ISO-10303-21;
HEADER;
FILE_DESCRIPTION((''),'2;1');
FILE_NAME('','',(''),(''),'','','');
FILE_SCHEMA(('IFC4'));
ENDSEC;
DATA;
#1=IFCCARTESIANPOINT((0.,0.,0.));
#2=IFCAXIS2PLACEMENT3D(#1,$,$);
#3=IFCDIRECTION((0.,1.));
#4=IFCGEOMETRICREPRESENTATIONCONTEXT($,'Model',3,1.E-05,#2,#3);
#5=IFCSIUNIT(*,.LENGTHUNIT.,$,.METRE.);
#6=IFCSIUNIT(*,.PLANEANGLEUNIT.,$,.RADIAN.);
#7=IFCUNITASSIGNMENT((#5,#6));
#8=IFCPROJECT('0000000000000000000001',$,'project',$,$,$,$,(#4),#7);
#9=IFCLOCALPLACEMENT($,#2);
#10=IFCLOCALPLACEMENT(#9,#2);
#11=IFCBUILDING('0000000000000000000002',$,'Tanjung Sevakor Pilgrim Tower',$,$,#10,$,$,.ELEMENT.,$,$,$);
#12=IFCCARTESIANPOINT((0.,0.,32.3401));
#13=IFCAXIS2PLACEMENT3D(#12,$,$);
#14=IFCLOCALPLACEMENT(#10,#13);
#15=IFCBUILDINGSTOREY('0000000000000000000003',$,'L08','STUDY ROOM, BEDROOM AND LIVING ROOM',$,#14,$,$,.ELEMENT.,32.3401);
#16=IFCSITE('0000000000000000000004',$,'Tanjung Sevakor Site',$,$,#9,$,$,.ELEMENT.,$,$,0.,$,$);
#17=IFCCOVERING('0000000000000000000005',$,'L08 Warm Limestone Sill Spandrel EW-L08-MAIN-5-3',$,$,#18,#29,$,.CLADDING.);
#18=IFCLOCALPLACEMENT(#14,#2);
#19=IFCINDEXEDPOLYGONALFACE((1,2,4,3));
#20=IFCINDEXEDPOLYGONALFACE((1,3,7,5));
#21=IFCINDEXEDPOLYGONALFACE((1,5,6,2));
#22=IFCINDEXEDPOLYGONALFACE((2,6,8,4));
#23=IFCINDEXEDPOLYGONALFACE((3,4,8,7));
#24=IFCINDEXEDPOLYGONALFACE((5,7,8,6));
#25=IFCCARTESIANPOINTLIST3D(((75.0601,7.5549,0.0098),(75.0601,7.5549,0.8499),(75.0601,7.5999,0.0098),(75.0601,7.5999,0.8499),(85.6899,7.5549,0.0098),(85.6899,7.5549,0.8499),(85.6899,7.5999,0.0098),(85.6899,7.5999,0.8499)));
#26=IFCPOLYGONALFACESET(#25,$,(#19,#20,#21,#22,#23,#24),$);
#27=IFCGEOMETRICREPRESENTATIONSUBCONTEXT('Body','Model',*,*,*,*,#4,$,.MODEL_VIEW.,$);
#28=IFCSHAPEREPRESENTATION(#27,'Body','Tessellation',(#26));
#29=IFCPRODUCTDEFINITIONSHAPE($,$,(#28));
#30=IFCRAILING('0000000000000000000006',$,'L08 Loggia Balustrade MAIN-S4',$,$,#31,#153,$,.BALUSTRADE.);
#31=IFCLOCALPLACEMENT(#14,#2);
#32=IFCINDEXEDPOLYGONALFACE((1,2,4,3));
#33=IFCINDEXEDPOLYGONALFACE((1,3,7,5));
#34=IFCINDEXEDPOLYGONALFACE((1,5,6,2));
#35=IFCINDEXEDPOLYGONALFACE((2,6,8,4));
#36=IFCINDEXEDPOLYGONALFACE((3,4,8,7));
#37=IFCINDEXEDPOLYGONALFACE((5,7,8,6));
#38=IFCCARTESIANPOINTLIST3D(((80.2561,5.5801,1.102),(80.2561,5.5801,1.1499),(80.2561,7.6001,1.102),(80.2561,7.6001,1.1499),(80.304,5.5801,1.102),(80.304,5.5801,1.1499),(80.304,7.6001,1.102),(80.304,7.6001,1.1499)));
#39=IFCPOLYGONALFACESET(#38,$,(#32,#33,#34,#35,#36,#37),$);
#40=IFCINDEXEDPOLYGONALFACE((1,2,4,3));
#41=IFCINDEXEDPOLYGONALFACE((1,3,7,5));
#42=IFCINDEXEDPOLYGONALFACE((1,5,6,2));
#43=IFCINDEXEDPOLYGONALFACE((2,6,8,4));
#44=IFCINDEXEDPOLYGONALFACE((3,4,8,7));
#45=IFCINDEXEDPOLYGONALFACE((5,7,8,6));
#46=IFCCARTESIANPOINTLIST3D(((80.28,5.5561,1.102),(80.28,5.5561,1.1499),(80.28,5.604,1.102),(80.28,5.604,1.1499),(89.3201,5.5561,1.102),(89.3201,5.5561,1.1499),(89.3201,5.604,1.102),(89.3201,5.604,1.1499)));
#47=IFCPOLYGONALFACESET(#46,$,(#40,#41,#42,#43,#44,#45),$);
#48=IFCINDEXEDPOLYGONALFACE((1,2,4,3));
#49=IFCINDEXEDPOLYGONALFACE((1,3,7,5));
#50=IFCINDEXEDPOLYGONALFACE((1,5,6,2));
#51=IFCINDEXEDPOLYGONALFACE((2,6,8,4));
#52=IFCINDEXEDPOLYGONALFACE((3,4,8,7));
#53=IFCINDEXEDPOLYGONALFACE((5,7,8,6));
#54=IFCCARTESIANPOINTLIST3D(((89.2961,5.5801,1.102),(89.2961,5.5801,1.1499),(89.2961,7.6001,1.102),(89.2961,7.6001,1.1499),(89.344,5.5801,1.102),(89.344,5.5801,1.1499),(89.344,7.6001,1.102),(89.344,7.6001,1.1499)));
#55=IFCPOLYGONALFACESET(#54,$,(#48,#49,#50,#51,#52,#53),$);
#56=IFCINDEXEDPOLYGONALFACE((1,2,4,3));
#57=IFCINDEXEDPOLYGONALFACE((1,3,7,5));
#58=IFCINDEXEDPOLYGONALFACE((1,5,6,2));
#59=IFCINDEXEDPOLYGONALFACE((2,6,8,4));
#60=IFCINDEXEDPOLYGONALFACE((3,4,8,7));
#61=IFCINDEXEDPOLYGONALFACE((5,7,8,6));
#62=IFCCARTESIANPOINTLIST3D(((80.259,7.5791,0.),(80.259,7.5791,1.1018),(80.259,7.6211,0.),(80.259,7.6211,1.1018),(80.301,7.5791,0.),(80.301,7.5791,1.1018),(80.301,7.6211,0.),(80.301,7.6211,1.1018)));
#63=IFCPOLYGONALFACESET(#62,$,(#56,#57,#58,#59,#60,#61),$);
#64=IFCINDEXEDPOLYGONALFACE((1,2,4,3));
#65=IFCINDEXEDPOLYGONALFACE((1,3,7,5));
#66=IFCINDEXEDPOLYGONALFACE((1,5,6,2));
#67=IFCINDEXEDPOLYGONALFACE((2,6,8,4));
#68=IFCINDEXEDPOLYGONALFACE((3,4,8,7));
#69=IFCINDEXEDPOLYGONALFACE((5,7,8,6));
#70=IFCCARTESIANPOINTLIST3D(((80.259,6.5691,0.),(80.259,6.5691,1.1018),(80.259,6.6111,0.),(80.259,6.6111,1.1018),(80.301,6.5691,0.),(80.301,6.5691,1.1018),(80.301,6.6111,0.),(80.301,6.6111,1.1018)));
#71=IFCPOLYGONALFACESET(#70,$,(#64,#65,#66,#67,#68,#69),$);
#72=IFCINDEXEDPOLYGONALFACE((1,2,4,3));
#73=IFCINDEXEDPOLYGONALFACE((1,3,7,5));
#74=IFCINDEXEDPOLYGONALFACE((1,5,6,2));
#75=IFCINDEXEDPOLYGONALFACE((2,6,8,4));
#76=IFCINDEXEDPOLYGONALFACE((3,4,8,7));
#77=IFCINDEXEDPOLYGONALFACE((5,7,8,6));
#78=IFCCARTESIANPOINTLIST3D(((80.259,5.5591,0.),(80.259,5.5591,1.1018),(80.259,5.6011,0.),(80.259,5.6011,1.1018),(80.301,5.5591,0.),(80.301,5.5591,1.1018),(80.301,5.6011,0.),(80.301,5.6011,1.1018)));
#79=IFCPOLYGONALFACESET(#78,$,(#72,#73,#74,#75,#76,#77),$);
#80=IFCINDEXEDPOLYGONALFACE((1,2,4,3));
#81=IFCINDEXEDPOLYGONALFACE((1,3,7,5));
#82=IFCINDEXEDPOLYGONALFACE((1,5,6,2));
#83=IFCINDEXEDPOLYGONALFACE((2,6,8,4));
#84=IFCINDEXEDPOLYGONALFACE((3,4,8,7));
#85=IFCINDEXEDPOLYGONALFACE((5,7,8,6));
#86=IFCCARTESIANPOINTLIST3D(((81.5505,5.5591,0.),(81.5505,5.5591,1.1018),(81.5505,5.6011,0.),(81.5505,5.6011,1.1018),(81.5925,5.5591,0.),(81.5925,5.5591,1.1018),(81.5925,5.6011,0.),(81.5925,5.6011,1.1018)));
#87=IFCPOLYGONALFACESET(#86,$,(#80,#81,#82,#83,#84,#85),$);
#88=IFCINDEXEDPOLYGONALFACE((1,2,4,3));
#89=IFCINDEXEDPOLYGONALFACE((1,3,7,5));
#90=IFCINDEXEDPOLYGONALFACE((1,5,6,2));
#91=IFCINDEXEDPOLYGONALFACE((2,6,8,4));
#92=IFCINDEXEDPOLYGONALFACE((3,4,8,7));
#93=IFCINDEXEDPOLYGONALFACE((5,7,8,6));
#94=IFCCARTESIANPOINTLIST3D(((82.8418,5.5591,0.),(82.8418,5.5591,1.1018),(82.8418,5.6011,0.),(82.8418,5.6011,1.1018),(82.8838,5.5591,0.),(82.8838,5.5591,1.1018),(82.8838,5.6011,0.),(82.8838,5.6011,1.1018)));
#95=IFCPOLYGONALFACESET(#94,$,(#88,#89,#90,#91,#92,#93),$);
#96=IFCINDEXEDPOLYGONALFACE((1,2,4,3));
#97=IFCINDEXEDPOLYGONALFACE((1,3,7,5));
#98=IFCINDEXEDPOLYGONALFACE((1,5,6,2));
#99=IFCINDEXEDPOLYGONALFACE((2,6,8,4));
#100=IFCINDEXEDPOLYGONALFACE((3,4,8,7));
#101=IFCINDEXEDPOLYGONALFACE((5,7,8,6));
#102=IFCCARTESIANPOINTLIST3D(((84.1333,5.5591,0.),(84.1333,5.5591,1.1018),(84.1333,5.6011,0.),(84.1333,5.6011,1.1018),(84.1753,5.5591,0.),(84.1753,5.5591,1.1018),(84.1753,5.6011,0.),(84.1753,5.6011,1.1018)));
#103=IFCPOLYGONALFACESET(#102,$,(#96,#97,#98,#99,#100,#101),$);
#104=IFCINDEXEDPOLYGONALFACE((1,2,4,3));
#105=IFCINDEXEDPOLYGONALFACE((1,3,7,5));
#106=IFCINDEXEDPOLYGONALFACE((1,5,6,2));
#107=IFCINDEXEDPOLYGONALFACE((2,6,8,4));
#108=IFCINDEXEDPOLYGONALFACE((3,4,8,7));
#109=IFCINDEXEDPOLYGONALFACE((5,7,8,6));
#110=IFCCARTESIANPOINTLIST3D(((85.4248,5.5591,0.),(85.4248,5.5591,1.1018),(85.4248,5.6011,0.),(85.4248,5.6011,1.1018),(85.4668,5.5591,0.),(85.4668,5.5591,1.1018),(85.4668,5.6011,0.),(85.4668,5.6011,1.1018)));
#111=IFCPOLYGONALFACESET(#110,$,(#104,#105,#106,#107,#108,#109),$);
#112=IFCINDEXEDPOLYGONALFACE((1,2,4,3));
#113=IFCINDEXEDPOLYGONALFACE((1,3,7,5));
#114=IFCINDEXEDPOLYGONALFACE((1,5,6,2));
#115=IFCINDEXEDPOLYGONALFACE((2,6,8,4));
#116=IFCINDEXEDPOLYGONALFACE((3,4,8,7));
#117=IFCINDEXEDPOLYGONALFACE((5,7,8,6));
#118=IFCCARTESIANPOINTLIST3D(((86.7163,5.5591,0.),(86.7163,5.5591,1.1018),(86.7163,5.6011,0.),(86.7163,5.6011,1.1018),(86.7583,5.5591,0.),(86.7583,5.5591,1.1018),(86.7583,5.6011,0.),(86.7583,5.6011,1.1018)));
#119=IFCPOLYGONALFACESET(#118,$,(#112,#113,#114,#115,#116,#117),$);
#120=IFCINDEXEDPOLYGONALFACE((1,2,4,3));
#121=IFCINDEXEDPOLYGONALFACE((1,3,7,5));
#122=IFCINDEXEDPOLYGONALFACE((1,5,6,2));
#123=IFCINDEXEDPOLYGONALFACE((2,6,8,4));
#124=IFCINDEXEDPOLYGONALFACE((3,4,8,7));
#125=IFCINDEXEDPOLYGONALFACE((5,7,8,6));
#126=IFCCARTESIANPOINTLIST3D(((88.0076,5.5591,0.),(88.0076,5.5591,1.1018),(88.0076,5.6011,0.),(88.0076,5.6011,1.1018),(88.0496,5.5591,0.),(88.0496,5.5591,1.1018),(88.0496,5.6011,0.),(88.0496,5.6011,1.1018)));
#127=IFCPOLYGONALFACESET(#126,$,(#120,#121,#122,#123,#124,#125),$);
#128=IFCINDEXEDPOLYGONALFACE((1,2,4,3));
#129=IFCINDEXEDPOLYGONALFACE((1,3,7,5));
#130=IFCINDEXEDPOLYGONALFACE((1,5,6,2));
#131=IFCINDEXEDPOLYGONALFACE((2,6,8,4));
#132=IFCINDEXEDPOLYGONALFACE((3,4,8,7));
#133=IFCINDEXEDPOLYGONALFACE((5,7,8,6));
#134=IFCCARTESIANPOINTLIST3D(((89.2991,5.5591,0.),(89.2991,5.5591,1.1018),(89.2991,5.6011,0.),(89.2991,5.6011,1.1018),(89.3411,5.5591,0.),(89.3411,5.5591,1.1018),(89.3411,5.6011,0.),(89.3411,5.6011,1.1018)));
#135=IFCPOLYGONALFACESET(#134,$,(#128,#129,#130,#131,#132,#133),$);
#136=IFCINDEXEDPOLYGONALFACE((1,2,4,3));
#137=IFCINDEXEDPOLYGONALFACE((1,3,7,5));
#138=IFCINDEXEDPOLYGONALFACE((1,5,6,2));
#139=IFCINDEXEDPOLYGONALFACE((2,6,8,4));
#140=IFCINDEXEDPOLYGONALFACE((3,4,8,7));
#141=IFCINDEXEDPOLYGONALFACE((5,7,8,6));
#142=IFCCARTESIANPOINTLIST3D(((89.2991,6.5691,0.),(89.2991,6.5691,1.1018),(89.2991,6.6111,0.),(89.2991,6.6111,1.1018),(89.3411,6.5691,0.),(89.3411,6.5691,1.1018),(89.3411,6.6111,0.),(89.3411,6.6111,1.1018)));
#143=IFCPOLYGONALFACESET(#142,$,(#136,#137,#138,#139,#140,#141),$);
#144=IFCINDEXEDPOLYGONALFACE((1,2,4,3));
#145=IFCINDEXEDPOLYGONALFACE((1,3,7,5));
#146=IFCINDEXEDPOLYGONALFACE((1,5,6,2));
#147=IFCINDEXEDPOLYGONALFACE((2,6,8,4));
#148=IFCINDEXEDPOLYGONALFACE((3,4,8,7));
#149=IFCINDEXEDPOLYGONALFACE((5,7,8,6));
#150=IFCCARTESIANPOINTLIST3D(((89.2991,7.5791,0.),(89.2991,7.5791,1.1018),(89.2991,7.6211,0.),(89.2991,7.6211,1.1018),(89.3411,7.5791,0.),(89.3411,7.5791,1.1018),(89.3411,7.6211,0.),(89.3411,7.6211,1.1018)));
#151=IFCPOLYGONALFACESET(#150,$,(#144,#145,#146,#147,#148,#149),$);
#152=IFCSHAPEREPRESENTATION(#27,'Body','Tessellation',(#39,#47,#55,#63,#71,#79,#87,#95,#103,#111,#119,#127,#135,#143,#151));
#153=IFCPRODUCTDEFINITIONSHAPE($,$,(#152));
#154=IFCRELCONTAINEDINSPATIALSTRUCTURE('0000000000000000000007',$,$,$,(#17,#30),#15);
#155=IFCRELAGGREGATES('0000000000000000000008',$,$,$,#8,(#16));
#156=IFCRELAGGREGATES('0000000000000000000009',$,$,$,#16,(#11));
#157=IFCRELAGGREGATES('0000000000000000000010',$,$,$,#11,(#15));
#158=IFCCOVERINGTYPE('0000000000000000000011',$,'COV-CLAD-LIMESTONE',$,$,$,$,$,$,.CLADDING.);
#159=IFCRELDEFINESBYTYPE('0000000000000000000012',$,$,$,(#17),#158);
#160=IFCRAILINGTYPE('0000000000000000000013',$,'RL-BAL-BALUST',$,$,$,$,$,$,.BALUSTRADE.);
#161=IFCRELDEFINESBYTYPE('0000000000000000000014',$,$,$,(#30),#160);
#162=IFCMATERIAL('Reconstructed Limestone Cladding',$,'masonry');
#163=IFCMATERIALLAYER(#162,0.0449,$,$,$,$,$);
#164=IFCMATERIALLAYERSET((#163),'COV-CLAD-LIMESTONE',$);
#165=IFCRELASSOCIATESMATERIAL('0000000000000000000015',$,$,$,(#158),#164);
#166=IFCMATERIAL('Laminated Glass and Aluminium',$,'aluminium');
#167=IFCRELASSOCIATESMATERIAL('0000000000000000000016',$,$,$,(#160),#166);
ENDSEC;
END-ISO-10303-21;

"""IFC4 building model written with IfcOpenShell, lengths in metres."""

from ifc_helpers import new_model, si_unit, direction, frame, origin, origin_2d, place, context, subcontext, project, spatial, rectangle, extrude, material, layer, layer_set, type_object, element, save


model = new_model("IFC4")

# Units and contexts
model_context = context("Model", 3, precision=1e-05, world=origin(), true_north=direction((0.0, 1.0)))
body_context = subcontext(model_context, "Body", "Model", "MODEL_VIEW")
ifc_project = project(units=[si_unit("LENGTHUNIT", "METRE"), si_unit("PLANEANGLEUNIT", "RADIAN")], contexts=[model_context])

# Site, building, storey
site_placement = place(None, origin())
site = spatial("IfcSite", under=ifc_project, at=site_placement, Name="Tanjung Sevakor Site", CompositionType="ELEMENT", RefElevation=0.0)
building_placement = place(site_placement, origin())
building = spatial("IfcBuilding", under=site, at=building_placement, Name="Tanjung Sevakor Pilgrim Tower", CompositionType="ELEMENT")
storey_placement = place(building_placement, frame((0.0, 0.0, 32.3401)))
storey = spatial("IfcBuildingStorey", under=building, at=storey_placement, Name="L08", Description="STUDY ROOM, BEDROOM AND LIVING ROOM", CompositionType="ELEMENT", Elevation=32.3401)

# Covering
ifc_material_1 = material(Name="Reconstructed Limestone Cladding", Category="masonry")
ifc_layer_1 = layer(ifc_material_1, 0.0449)
ifc_layer_set_1 = layer_set([ifc_layer_1], Name="COV-CLAD-LIMESTONE")
covering_type = type_object("IfcCoveringType", Name="COV-CLAD-LIMESTONE", PredefinedType="CLADDING", material=ifc_layer_set_1)
covering_placement = place(storey_placement, frame((80.375, 7.5774, 0.0098), z_axis=(0.0, 0.0, 1.0), x_axis=(1.0, 0.0, 0.0)))
element("IfcCovering", 1, at=covering_placement, inside=storey, type_object=covering_type, Name="L08 Warm Limestone Sill Spandrel EW-L08-MAIN-5-3", PredefinedType="CLADDING", context=body_context, shape_type="SweptSolid", body=[
    extrude(rectangle(XDim=10.6299, YDim=0.0449, at=origin_2d()), origin(), (0.0, 0.0, 1.0), 0.8401),
])

# Railing
ifc_material_2 = material(Name="Laminated Glass and Aluminium", Category="aluminium")
railing_type = type_object("IfcRailingType", Name="RL-BAL-BALUST", PredefinedType="BALUSTRADE", material=ifc_material_2)
railing_placement = place(storey_placement, frame((80.28, 7.6001, 0.0)))
element("IfcRailing", 2, at=railing_placement, inside=storey, type_object=railing_type, Name="L08 Loggia Balustrade MAIN-S4", PredefinedType="BALUSTRADE", context=body_context, shape_type="SweptSolid", body=[
    extrude(rectangle(XDim=0.0479, YDim=0.0479), frame((0.0, 0.0, 1.126), z_axis=(0.0, -1.0, 0.0), x_axis=(1.0, 0.0, 0.0)), (0.0, 0.0, 1.0), 2.02),
    extrude(rectangle(XDim=0.0479, YDim=0.0479), frame((0.0, -2.02, 1.126), z_axis=(1.0, 0.0, 0.0), x_axis=(0.0, 1.0, 0.0)), (0.0, 0.0, 1.0), 9.04),
    extrude(rectangle(XDim=0.0479, YDim=0.0479), frame((9.04, -2.02, 1.126), z_axis=(0.0, 1.0, 0.0), x_axis=(-1.0, 0.0, 0.0)), (0.0, 0.0, 1.0), 2.02),
    extrude(rectangle(XDim=0.042, YDim=0.042), origin(), (0.0, 0.0, 1.0), 1.1018),
    extrude(rectangle(XDim=0.042, YDim=0.042), frame((0.0, -1.01, 0.0)), (0.0, 0.0, 1.0), 1.1018),
    extrude(rectangle(XDim=0.042, YDim=0.042), frame((0.0, -2.02, 0.0)), (0.0, 0.0, 1.0), 1.1018),
    extrude(rectangle(XDim=0.042, YDim=0.042), frame((1.2915, -2.02, 0.0)), (0.0, 0.0, 1.0), 1.1018),
    extrude(rectangle(XDim=0.042, YDim=0.042), frame((2.5828, -2.02, 0.0)), (0.0, 0.0, 1.0), 1.1018),
    extrude(rectangle(XDim=0.042, YDim=0.042), frame((3.8743, -2.02, 0.0)), (0.0, 0.0, 1.0), 1.1018),
    extrude(rectangle(XDim=0.042, YDim=0.042), frame((5.1658, -2.02, 0.0)), (0.0, 0.0, 1.0), 1.1018),
    extrude(rectangle(XDim=0.042, YDim=0.042), frame((6.4573, -2.02, 0.0)), (0.0, 0.0, 1.0), 1.1018),
    extrude(rectangle(XDim=0.042, YDim=0.042), frame((7.7485, -2.02, 0.0)), (0.0, 0.0, 1.0), 1.1018),
    extrude(rectangle(XDim=0.042, YDim=0.042), frame((9.04, -2.02, 0.0)), (0.0, 0.0, 1.0), 1.1018),
    extrude(rectangle(XDim=0.042, YDim=0.042), frame((9.04, -1.01, 0.0)), (0.0, 0.0, 1.0), 1.1018),
    extrude(rectangle(XDim=0.042, YDim=0.042), frame((9.04, 0.0, 0.0)), (0.0, 0.0, 1.0), 1.1018),
])

save(model, "model.ifc")
